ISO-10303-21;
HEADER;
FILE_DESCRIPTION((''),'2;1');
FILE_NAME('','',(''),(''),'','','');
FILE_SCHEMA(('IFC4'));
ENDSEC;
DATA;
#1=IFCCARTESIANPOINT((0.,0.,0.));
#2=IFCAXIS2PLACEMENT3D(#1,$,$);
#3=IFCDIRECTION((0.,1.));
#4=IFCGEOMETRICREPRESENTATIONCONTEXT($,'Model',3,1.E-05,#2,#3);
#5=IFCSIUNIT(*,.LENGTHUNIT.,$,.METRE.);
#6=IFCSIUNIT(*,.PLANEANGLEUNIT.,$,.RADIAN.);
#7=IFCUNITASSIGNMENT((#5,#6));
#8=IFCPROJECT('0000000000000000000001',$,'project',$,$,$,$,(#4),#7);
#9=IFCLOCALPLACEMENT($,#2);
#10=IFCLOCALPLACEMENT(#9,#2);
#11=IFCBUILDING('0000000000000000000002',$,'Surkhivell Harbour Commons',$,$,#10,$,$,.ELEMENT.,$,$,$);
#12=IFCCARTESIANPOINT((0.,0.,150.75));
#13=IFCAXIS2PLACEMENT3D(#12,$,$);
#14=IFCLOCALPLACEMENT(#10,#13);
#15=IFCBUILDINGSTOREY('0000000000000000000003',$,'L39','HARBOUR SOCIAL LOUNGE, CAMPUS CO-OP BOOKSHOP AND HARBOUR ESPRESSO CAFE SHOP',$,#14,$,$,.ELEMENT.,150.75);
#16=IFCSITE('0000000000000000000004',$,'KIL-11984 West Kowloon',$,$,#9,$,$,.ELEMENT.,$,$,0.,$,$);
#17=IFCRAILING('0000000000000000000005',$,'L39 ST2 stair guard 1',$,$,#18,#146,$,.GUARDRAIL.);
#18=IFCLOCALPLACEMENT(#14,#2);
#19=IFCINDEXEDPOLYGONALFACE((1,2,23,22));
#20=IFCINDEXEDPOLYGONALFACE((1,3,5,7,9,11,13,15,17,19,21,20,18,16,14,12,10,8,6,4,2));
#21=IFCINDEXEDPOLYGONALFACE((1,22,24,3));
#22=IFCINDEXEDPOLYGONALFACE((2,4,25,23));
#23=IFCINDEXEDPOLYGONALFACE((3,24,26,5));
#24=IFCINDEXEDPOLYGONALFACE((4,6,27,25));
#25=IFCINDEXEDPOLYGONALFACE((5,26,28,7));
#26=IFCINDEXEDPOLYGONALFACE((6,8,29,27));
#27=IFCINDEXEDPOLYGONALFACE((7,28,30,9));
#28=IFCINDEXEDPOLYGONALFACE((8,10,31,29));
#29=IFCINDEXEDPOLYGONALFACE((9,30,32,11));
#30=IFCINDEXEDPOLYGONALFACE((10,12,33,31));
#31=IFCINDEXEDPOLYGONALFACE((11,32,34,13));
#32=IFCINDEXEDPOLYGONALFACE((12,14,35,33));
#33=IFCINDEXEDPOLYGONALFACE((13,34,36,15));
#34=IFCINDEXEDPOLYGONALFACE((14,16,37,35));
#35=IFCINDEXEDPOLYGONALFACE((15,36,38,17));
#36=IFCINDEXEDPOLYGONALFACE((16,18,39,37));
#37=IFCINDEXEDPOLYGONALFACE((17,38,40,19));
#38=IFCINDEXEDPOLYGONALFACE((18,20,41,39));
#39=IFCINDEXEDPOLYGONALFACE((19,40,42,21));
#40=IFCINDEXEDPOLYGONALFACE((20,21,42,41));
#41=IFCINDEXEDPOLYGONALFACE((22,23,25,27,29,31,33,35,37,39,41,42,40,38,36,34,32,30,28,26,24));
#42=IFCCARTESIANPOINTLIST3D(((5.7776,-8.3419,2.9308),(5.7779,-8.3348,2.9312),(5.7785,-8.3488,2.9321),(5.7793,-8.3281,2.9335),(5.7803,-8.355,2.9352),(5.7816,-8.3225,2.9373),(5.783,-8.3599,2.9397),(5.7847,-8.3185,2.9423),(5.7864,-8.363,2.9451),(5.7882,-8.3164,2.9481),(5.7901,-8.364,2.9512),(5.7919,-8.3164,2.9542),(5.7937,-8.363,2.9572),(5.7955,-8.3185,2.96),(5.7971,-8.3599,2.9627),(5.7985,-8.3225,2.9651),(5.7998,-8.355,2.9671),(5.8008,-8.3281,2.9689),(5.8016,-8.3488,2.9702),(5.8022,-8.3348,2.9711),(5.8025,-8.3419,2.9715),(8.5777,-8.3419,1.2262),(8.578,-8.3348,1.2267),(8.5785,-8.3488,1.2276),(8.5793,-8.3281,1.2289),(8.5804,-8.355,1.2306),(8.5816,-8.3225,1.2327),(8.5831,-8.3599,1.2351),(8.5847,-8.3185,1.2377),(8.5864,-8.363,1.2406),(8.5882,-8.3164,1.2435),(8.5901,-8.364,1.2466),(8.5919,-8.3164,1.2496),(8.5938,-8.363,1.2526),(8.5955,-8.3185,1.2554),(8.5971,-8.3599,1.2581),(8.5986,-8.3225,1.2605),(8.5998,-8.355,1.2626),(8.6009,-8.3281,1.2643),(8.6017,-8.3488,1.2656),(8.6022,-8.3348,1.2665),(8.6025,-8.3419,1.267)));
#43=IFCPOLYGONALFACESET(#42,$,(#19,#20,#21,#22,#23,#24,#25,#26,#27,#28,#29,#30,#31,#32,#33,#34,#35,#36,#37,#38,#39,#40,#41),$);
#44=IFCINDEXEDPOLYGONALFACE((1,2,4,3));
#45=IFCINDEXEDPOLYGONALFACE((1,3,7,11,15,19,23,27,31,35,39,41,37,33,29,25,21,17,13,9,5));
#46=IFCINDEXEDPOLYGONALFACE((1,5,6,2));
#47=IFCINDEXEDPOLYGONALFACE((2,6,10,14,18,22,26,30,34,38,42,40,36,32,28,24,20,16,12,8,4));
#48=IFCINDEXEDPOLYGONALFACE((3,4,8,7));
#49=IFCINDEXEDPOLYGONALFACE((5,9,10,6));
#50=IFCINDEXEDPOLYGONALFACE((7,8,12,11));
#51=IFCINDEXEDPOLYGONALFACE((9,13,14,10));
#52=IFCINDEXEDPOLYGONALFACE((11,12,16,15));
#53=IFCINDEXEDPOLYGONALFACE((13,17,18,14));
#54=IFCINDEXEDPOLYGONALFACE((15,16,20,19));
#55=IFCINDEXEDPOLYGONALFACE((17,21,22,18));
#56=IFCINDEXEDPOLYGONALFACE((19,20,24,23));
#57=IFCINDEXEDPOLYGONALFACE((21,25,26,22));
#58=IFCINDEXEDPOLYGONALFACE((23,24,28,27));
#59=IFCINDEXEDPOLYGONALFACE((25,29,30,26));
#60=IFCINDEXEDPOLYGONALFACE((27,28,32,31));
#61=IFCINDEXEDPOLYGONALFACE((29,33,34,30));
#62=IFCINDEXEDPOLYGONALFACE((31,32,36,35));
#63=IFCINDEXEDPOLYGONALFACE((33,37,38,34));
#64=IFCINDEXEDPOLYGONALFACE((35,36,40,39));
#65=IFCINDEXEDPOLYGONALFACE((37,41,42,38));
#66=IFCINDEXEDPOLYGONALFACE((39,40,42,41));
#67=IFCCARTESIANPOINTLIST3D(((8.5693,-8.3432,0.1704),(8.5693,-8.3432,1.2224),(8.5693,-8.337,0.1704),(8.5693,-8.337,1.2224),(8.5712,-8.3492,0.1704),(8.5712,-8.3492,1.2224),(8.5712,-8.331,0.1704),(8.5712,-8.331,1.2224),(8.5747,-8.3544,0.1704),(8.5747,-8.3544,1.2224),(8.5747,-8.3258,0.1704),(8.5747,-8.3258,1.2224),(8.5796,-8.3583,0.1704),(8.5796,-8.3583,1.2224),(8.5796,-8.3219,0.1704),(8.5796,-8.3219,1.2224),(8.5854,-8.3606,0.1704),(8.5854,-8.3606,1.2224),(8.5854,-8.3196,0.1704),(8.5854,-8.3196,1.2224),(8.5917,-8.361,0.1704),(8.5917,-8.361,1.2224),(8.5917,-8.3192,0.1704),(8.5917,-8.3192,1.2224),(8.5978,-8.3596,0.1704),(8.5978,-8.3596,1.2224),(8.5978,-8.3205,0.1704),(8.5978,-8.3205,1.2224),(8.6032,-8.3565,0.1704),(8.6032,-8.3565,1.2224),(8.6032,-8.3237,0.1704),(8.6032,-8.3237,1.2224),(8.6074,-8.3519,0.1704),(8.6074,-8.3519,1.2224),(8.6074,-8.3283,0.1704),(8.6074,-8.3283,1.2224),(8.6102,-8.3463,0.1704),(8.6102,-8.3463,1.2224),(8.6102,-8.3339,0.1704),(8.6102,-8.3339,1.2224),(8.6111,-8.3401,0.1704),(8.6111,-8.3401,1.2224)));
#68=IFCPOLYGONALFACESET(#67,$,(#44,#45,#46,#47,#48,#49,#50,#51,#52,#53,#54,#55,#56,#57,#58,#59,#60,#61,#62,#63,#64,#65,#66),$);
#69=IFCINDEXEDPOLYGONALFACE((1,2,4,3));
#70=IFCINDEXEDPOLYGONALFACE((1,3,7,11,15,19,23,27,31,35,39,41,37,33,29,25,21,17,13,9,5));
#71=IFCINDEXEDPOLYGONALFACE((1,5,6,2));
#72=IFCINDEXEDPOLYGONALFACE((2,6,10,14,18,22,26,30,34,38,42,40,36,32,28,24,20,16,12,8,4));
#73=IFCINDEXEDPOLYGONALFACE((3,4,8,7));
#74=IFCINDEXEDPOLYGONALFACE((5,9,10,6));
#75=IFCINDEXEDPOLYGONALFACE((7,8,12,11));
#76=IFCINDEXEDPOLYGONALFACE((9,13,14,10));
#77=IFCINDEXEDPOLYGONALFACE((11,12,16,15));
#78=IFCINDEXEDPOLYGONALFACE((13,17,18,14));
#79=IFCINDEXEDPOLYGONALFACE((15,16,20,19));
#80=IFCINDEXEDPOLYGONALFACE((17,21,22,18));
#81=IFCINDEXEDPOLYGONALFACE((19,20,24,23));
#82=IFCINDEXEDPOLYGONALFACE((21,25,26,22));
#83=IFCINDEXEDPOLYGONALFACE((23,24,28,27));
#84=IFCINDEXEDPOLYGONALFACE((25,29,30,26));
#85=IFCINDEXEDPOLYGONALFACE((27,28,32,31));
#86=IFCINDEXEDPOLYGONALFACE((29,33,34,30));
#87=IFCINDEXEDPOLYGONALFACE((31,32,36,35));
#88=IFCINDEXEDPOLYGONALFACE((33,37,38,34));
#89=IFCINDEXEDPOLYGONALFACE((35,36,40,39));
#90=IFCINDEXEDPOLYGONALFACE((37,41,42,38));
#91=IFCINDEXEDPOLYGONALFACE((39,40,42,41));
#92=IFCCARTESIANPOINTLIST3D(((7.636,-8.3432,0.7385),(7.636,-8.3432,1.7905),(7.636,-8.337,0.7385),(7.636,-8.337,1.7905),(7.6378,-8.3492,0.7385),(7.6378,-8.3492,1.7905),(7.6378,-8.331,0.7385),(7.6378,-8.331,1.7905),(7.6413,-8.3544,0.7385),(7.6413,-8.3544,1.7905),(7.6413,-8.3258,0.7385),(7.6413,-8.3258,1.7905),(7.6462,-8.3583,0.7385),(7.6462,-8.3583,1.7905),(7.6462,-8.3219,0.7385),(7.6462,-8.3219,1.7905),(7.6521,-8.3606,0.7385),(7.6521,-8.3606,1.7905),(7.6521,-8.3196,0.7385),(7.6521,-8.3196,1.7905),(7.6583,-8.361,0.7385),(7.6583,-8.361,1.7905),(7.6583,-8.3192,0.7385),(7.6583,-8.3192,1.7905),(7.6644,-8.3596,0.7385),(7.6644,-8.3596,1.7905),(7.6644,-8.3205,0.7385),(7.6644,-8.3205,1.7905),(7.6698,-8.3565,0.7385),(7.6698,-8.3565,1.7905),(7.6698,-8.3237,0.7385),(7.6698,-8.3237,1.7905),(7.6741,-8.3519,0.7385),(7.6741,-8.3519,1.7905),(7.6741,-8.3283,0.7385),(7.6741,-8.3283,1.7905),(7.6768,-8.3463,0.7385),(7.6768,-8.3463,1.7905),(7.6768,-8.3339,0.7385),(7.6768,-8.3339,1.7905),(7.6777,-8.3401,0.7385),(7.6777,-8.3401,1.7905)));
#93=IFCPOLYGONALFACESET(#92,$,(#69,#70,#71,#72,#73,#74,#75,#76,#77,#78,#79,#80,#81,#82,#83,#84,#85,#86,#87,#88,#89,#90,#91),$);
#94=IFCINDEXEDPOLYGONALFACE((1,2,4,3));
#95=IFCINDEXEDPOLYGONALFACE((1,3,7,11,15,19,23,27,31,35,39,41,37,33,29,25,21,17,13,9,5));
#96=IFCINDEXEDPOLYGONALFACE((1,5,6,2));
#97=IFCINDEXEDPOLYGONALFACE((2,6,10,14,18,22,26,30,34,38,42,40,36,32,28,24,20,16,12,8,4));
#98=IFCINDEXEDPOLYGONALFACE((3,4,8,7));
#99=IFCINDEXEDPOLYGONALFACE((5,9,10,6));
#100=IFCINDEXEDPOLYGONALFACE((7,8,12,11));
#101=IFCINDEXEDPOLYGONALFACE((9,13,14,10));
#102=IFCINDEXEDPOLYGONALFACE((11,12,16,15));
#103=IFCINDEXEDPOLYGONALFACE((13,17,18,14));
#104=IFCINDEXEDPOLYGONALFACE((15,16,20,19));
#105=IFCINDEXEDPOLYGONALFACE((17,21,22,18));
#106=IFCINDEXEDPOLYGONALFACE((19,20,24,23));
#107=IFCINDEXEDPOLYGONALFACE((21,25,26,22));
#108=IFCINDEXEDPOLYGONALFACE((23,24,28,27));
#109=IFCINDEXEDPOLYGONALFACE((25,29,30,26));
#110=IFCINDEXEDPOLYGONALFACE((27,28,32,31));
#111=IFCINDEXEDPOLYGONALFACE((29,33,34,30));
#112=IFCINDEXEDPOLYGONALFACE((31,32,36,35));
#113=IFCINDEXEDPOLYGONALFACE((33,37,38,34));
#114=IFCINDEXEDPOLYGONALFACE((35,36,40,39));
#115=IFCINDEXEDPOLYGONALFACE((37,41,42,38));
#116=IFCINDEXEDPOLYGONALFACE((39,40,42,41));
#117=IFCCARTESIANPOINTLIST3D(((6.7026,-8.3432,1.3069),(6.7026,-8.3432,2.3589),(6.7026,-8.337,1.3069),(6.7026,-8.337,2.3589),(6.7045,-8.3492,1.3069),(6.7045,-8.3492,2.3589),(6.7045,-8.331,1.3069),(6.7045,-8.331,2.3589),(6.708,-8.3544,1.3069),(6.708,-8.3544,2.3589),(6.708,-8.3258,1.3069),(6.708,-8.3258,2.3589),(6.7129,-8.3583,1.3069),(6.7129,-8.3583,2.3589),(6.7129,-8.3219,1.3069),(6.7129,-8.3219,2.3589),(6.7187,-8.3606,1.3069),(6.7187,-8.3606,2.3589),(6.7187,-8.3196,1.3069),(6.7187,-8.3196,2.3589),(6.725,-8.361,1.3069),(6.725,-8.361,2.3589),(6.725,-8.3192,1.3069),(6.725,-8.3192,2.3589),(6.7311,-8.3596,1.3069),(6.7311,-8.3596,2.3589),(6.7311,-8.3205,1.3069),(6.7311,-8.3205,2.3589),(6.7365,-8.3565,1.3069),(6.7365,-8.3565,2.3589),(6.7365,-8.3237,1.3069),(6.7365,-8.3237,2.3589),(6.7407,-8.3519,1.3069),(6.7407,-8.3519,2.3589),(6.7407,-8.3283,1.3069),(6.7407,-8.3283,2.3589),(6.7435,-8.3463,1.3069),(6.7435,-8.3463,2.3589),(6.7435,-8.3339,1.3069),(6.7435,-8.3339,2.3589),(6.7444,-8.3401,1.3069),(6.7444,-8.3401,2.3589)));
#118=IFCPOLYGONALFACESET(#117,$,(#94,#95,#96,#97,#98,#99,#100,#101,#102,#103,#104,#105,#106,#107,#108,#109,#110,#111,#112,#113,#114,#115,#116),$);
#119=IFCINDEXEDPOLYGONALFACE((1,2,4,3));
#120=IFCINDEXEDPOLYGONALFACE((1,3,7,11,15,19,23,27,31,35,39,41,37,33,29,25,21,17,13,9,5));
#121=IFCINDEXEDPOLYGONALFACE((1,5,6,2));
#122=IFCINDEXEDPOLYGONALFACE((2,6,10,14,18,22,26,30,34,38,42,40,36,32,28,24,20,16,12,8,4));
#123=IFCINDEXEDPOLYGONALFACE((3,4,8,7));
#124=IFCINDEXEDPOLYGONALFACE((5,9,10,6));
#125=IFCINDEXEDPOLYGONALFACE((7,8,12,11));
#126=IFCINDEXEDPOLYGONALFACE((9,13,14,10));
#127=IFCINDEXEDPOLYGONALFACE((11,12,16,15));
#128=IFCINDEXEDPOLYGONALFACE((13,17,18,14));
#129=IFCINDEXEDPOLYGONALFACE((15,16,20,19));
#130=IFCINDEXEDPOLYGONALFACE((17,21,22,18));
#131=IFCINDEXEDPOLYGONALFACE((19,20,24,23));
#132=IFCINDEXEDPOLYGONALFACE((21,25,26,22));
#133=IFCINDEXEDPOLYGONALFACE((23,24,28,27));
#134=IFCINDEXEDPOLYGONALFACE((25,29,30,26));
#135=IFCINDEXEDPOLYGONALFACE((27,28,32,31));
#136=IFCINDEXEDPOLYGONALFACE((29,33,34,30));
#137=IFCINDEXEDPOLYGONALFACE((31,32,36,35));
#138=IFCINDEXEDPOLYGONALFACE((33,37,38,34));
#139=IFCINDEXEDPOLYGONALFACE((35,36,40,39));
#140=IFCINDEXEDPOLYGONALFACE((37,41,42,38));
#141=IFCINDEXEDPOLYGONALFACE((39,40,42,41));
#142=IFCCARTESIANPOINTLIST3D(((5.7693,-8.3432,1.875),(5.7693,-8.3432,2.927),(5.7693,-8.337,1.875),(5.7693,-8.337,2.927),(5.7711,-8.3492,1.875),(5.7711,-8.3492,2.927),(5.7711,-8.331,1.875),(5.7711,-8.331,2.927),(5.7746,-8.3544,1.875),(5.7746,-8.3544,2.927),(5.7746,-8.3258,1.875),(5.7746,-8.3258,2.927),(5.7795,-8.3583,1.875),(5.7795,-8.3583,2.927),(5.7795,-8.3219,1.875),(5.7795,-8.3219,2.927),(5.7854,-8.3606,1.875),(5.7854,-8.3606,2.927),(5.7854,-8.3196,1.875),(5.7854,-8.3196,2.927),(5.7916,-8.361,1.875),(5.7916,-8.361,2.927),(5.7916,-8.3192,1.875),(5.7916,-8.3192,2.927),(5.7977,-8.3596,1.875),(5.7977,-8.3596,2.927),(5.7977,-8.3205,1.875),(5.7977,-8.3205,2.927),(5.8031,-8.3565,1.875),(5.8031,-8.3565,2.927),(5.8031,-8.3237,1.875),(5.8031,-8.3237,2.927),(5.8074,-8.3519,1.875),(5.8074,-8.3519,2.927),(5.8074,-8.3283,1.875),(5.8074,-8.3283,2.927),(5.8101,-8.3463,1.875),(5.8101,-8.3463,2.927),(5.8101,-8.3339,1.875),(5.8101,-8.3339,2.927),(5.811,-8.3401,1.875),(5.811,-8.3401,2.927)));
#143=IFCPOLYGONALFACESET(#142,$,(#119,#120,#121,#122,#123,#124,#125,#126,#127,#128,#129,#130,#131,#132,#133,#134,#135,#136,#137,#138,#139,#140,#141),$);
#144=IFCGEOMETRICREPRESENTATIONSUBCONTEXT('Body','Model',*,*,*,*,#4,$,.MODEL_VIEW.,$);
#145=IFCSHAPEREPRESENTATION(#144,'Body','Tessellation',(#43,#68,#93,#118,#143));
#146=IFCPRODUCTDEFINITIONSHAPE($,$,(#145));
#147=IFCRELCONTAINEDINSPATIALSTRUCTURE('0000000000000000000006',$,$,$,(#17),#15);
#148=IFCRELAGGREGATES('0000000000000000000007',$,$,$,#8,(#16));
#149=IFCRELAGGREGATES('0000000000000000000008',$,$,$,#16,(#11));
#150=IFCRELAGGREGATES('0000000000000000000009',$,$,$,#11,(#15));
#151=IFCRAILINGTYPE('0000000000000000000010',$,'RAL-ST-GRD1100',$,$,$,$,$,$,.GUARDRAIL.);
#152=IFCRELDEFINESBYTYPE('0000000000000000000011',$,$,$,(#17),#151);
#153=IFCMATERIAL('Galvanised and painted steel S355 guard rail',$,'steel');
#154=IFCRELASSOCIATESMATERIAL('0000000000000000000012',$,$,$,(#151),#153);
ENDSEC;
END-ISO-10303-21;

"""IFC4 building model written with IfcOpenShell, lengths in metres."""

from ifc_helpers import new_model, si_unit, direction, frame, origin, origin_2d, place, context, subcontext, project, spatial, circle, extrude, material, type_object, element, save


model = new_model("IFC4")

# Units and contexts
model_context = context("Model", 3, precision=1e-05, world=origin(), true_north=direction((0.0, 1.0)))
body_context = subcontext(model_context, "Body", "Model", "MODEL_VIEW")
ifc_project = project(units=[si_unit("LENGTHUNIT", "METRE"), si_unit("PLANEANGLEUNIT", "RADIAN")], contexts=[model_context])

# Site, building, storey
site_placement = place(None, origin())
site = spatial("IfcSite", under=ifc_project, at=site_placement, Name="KIL-11984 West Kowloon", CompositionType="ELEMENT", RefElevation=0.0)
building_placement = place(site_placement, origin())
building = spatial("IfcBuilding", under=site, at=building_placement, Name="Surkhivell Harbour Commons", CompositionType="ELEMENT")
storey_placement = place(building_placement, frame((0.0, 0.0, 150.75)))
storey = spatial("IfcBuildingStorey", under=building, at=storey_placement, Name="L39", Description="HARBOUR SOCIAL LOUNGE, CAMPUS CO-OP BOOKSHOP AND HARBOUR ESPRESSO CAFE SHOP", CompositionType="ELEMENT", Elevation=150.75)

# Railing
ifc_material_1 = material(Name="Galvanised and painted steel S355 guard rail", Category="steel")
railing_type_1 = type_object("IfcRailingType", Name="RAL-ST-GRD1100", PredefinedType="GUARDRAIL", material=ifc_material_1)
railing_1_placement = place(storey_placement, frame((8.5901, -8.3401, 0.1704)))
element("IfcRailing", 1, at=railing_1_placement, inside=storey, type_object=railing_type_1, Name="L39 ST2 stair guard 1", PredefinedType="GUARDRAIL", context=body_context, shape_type="SweptSolid", body=[
    extrude(circle(Radius=0.0239, at=origin_2d()), frame((0.0, 0.0, 1.0762), z_axis=(-0.85417, 0.0, 0.519994), x_axis=(0.0, -1.0, 0.0)), (0.0, 0.0, 1.0), 3.2781),
    extrude(circle(Radius=0.021, at=origin_2d()), origin(), (0.0, 0.0, 1.0), 1.052),
    extrude(circle(Radius=0.021, at=origin_2d()), frame((-0.9333, 0.0, 0.5681)), (0.0, 0.0, 1.0), 1.052),
    extrude(circle(Radius=0.021, at=origin_2d()), frame((-1.8667, 0.0, 1.1365)), (0.0, 0.0, 1.0), 1.052),
    extrude(circle(Radius=0.021, at=origin_2d()), frame((-2.8, 0.0, 1.7046)), (0.0, 0.0, 1.0), 1.052),
])

save(model, "model.ifc")
